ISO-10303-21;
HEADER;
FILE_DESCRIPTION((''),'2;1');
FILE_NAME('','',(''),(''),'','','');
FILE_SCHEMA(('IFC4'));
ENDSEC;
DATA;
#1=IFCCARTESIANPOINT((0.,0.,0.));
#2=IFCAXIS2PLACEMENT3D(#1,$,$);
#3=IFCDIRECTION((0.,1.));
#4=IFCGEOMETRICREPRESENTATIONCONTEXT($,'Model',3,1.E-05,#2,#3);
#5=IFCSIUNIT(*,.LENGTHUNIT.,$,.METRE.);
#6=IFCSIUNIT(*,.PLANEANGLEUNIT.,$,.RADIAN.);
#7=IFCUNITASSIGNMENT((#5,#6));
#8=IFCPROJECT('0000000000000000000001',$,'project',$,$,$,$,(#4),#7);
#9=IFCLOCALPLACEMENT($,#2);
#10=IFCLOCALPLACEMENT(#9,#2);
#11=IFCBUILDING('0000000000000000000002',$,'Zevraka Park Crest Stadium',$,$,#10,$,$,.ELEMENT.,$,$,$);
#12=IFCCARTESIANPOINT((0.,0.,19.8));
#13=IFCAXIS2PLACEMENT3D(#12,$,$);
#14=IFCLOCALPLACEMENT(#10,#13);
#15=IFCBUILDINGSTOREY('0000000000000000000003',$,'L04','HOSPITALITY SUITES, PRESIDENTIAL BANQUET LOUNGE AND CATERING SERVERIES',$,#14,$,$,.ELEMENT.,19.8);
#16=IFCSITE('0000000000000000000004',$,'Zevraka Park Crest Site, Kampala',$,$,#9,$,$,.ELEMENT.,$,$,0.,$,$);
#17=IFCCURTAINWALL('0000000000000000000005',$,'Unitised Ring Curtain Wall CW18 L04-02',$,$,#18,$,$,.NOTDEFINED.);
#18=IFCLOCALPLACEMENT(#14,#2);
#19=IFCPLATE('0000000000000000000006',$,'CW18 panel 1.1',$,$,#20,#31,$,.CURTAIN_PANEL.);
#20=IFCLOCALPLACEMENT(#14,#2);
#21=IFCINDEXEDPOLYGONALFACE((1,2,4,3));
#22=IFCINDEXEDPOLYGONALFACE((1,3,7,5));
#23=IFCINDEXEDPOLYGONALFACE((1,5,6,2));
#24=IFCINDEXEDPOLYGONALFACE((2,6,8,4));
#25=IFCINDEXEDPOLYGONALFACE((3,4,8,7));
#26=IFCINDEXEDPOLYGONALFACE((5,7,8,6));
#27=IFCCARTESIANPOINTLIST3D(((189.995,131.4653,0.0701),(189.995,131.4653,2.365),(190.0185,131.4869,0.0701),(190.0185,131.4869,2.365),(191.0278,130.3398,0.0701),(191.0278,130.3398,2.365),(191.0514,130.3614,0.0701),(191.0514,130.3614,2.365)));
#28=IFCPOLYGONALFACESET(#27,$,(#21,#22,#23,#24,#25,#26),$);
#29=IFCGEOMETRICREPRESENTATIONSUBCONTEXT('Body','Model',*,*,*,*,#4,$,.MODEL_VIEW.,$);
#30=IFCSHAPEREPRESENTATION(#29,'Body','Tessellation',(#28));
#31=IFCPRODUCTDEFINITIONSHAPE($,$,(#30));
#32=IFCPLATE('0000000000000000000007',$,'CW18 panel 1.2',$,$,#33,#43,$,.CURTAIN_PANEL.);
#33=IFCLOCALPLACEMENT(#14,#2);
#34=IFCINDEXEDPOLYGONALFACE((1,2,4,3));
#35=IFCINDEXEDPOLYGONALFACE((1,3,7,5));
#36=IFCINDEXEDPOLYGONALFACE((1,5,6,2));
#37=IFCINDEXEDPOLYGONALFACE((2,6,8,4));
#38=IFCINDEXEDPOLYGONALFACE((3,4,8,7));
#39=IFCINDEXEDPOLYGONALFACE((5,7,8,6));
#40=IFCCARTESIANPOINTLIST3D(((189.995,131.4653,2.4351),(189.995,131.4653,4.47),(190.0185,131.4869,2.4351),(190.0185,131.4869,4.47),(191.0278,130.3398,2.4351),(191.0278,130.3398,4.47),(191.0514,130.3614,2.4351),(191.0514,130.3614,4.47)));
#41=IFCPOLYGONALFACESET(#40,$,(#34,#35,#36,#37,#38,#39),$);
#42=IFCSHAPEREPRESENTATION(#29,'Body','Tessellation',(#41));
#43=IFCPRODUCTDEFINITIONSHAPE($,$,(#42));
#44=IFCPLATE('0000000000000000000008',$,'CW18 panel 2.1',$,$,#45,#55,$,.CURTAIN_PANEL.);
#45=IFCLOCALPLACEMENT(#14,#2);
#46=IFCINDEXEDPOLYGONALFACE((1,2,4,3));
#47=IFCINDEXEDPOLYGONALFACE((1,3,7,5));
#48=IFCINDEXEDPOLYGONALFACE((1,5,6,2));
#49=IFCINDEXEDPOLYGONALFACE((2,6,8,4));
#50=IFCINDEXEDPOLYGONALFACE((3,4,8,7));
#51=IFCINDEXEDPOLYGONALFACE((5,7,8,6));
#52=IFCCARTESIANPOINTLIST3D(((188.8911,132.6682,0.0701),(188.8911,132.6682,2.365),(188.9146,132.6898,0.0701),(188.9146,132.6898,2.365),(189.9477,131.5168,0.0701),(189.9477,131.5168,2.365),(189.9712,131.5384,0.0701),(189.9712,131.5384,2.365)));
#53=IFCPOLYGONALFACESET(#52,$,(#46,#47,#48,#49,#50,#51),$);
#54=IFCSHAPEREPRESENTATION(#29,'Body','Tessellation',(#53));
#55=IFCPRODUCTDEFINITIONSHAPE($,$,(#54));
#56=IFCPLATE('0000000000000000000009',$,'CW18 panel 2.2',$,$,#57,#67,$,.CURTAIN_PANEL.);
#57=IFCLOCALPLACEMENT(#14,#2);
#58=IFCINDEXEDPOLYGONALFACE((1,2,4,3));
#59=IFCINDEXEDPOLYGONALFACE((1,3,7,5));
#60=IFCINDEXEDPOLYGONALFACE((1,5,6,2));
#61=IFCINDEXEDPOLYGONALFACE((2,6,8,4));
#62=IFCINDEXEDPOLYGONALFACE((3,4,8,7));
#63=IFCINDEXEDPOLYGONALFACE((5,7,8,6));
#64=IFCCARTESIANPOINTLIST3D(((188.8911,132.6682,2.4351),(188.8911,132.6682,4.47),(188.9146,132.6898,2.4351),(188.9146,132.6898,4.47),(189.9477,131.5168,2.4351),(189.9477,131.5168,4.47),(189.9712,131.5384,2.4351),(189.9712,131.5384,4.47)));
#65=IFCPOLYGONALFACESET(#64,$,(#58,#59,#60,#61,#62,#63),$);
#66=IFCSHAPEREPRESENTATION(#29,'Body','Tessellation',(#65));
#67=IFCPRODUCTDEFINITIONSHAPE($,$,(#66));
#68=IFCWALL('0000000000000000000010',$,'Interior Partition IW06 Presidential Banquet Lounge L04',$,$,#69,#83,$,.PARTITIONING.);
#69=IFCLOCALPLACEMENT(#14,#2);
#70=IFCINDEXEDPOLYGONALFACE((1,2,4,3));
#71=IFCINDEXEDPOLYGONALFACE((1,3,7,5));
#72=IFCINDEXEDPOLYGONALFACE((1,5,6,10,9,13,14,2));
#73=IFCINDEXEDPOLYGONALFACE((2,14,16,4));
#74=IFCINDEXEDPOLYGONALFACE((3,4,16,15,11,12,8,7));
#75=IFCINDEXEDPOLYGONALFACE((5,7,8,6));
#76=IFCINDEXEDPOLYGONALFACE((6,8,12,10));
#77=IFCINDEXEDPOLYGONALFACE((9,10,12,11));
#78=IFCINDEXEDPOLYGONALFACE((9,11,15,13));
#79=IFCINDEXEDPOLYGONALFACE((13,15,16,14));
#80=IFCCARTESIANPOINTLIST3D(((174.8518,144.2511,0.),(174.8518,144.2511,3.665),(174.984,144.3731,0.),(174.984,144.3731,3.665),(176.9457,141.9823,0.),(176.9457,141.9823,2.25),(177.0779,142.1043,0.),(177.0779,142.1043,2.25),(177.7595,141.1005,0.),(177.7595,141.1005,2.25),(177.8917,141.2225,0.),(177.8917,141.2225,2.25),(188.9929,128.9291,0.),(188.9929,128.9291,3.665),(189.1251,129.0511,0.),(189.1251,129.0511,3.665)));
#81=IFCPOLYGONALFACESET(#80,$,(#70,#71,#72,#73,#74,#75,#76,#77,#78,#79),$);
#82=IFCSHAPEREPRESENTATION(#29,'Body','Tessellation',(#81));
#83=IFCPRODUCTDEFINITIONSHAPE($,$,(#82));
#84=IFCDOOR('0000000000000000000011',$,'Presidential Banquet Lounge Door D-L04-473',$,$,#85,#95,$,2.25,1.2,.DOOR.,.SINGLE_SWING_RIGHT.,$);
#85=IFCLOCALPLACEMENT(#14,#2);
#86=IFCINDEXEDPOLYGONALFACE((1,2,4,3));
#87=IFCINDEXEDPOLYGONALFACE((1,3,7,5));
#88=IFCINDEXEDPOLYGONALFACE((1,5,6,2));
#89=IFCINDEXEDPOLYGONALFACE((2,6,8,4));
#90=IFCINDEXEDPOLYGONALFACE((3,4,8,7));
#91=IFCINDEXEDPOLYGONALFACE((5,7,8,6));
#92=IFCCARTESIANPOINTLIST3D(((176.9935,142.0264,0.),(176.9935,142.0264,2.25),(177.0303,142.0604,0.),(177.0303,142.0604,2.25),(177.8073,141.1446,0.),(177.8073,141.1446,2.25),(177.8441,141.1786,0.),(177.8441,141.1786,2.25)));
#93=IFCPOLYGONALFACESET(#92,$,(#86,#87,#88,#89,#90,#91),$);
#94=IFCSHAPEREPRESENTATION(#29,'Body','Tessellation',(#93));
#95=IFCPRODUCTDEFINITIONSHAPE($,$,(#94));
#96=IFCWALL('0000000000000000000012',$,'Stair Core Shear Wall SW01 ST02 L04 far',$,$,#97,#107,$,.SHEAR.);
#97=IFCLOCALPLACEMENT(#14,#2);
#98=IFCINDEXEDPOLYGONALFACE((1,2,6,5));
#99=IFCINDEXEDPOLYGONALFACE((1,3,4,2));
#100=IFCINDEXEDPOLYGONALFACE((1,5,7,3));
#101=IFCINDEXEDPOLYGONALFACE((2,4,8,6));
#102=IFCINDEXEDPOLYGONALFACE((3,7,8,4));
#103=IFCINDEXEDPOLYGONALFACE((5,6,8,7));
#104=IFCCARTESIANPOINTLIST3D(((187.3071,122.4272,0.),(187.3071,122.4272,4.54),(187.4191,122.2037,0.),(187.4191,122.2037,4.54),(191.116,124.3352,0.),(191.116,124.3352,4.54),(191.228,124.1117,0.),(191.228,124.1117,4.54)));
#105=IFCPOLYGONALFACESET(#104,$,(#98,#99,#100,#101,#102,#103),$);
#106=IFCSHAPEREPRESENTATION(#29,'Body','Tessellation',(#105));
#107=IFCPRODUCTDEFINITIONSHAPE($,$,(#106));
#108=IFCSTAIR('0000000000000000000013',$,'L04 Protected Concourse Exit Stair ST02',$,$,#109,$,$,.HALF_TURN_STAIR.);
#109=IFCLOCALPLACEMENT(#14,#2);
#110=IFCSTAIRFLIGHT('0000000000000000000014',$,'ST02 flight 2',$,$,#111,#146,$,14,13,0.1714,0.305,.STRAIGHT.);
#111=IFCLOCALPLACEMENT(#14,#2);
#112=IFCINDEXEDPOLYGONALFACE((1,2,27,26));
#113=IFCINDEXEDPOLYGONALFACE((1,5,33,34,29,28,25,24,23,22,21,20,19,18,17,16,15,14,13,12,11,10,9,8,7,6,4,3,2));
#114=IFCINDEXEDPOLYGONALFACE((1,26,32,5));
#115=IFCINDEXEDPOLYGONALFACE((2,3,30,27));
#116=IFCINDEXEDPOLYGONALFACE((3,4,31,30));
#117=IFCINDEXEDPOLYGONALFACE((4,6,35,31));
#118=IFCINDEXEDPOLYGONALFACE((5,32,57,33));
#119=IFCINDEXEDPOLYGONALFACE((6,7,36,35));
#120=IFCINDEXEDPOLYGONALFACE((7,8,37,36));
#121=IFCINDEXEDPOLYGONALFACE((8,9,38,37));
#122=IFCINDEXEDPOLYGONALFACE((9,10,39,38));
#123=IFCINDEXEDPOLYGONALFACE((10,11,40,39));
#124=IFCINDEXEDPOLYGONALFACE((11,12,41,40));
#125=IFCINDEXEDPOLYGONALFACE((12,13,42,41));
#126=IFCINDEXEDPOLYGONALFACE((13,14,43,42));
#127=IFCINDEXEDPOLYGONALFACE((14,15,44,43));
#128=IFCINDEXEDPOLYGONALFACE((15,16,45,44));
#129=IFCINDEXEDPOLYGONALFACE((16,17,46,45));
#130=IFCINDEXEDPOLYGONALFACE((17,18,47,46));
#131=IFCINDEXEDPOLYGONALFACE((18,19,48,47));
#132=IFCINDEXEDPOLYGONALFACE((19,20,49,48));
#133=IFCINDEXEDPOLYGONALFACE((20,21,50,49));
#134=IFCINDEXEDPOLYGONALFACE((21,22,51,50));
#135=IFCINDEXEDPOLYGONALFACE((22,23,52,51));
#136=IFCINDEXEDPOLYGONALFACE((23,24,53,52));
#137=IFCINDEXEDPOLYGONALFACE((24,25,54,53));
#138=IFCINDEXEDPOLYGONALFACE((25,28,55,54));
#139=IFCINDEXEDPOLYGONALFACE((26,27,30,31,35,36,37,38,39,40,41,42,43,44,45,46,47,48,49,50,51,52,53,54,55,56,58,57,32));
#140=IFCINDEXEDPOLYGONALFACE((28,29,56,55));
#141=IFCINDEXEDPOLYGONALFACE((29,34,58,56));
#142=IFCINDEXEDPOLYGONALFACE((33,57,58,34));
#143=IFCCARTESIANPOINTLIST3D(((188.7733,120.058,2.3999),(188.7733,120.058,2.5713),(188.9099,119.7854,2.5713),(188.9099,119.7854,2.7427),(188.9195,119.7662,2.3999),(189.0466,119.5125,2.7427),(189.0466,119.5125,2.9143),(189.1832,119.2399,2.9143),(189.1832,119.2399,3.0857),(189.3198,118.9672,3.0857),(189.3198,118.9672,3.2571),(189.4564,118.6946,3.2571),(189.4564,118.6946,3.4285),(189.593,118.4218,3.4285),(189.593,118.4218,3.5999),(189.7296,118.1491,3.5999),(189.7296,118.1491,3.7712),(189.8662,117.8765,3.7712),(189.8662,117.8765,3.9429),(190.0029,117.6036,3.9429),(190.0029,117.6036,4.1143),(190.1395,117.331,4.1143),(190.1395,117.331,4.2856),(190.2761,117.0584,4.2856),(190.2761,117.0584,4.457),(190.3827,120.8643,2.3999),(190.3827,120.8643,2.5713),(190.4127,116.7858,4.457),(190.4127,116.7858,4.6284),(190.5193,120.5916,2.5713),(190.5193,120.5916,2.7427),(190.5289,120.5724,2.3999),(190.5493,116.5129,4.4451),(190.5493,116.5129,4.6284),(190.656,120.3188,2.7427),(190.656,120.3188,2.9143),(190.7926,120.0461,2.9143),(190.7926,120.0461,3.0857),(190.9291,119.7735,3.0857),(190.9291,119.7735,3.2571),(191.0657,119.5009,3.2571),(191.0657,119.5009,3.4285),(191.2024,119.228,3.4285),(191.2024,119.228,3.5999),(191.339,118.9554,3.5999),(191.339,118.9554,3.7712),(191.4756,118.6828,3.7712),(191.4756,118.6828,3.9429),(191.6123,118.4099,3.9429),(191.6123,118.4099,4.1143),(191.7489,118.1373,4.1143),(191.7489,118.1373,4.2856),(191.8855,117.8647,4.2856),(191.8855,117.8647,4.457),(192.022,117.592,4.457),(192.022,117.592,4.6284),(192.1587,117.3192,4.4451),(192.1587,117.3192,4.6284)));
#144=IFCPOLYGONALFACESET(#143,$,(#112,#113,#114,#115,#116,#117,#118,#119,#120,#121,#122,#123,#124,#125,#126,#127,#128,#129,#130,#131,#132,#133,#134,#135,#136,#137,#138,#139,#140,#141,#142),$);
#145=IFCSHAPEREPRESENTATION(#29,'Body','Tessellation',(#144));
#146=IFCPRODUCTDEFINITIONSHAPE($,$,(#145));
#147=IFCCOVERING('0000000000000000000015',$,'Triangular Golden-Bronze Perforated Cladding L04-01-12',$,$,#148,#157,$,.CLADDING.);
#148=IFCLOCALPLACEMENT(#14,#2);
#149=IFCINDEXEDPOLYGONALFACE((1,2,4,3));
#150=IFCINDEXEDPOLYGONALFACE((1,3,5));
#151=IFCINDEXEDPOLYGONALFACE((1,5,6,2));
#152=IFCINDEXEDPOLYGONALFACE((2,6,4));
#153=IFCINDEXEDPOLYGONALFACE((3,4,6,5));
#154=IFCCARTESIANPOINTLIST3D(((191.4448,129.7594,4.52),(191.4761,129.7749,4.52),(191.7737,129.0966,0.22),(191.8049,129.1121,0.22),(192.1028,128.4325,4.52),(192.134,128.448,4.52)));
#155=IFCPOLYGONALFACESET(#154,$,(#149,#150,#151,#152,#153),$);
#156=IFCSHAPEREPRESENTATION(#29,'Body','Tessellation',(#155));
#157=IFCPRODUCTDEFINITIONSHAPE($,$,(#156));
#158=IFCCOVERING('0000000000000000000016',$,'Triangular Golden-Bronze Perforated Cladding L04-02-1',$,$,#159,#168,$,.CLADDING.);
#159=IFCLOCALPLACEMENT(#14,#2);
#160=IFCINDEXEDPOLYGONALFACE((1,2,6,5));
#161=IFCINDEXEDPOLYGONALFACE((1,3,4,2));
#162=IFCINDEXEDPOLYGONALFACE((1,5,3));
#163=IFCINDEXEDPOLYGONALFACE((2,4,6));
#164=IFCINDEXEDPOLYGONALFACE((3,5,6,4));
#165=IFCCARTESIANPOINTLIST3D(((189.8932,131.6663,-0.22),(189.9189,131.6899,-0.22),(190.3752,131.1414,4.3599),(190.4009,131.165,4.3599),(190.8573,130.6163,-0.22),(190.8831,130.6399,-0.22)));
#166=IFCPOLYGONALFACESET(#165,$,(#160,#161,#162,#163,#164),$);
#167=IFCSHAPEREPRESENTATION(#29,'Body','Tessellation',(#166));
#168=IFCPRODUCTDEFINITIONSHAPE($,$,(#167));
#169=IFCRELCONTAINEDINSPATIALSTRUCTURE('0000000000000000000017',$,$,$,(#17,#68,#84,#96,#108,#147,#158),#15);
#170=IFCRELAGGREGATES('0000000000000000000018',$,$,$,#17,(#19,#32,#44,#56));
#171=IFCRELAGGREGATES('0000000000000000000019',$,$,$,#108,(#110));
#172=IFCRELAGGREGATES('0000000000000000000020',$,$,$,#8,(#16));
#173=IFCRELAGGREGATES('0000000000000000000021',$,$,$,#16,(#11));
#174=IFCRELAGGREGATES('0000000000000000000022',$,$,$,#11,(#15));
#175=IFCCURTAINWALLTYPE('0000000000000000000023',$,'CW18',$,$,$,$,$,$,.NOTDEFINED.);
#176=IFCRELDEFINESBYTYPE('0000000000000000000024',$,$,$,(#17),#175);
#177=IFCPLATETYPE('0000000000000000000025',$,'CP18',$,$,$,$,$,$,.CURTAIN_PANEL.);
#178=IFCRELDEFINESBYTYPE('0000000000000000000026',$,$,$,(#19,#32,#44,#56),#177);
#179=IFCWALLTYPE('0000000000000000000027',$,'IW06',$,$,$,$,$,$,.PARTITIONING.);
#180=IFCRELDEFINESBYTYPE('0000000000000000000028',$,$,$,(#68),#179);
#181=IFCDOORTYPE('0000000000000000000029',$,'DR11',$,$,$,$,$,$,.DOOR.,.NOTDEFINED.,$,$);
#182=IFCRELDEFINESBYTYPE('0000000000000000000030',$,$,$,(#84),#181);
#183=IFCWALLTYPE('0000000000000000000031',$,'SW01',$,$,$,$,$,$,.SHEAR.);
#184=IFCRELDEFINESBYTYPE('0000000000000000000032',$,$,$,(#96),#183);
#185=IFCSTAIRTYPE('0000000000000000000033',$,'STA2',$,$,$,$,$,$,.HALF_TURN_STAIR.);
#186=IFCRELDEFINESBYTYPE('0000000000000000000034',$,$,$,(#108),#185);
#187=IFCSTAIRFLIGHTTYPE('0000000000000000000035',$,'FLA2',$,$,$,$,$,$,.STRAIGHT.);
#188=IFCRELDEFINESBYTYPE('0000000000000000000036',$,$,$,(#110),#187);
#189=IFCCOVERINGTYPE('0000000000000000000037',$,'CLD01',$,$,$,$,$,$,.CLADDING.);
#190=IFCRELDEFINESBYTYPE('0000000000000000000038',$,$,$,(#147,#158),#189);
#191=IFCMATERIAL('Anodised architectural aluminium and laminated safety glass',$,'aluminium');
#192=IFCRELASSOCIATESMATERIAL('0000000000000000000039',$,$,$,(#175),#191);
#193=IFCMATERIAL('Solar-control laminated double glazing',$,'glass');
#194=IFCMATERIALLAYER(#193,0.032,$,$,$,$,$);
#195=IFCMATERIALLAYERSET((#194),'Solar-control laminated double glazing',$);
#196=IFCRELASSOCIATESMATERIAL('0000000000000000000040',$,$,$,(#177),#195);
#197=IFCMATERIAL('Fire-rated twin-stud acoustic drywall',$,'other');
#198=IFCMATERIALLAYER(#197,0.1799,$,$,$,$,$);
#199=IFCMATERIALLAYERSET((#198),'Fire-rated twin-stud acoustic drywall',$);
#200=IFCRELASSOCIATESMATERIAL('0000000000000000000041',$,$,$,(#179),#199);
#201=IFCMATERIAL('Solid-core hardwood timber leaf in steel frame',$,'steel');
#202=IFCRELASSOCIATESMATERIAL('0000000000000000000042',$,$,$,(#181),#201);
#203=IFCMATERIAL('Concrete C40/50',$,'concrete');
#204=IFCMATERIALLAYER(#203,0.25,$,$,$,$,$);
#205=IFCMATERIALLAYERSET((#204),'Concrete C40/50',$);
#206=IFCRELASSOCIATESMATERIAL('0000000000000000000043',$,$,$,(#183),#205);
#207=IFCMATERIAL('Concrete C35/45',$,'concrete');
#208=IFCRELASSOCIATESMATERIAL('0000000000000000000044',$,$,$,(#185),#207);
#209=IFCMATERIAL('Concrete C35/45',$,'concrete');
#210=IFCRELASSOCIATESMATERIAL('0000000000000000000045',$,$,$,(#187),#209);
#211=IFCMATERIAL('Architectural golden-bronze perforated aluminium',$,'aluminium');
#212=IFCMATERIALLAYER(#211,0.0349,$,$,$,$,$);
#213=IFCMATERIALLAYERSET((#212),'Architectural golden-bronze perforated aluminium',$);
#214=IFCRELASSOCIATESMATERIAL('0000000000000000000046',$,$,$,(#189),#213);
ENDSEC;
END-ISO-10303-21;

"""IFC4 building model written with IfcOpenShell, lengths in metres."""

from ifc_helpers import new_model, si_unit, direction, frame, frame_2d, origin, origin_2d, place, context, subcontext, project, spatial, polyline, rectangle, outline, extrude, material, layer, layer_set, type_object, element, fill, aggregate, save


model = new_model("IFC4")

# Units and contexts
model_context = context("Model", 3, precision=1e-05, world=origin(), true_north=direction((0.0, 1.0)))
body_context = subcontext(model_context, "Body", "Model", "MODEL_VIEW")
ifc_project = project(units=[si_unit("LENGTHUNIT", "METRE"), si_unit("PLANEANGLEUNIT", "RADIAN")], contexts=[model_context])

# Site, building, storey
site_placement = place(None, origin())
site = spatial("IfcSite", under=ifc_project, at=site_placement, Name="Zevraka Park Crest Site, Kampala", CompositionType="ELEMENT", RefElevation=0.0)
building_placement = place(site_placement, origin())
building = spatial("IfcBuilding", under=site, at=building_placement, Name="Zevraka Park Crest Stadium", CompositionType="ELEMENT")
storey_placement = place(building_placement, frame((0.0, 0.0, 19.8)))
storey = spatial("IfcBuildingStorey", under=building, at=storey_placement, Name="L04", Description="HOSPITALITY SUITES, PRESIDENTIAL BANQUET LOUNGE AND CATERING SERVERIES", CompositionType="ELEMENT", Elevation=19.8)

# Curtain wall
ifc_material_1 = material(Name="Anodised architectural aluminium and laminated safety glass", Category="aluminium")
curtain_wall_type_1 = type_object("IfcCurtainWallType", Name="CW18", PredefinedType="NOTDEFINED", material=ifc_material_1)
curtain_wall_1_placement = place(storey_placement, origin())
curtain_wall_1 = element("IfcCurtainWall", 1, at=curtain_wall_1_placement, inside=storey, type_object=curtain_wall_type_1, Name="Unitised Ring Curtain Wall CW18 L04-02", PredefinedType="NOTDEFINED")

# Plates
ifc_material_2 = material(Name="Solar-control laminated double glazing", Category="glass")
ifc_layer_1 = layer(ifc_material_2, 0.032)
ifc_layer_set_1 = layer_set([ifc_layer_1], Name="Solar-control laminated double glazing")
plate_type_1 = type_object("IfcPlateType", Name="CP18", PredefinedType="CURTAIN_PANEL", material=ifc_layer_set_1)
plate_1_placement = place(storey_placement, frame((190.5232, 130.9133, 0.0701), z_axis=(0.0, 0.0, 1.0), x_axis=(-0.676138, 0.736775, 0.0)))
plate_1 = element("IfcPlate", 2, at=plate_1_placement, type_object=plate_type_1, Name="CW18 panel 1.1", PredefinedType="CURTAIN_PANEL", context=body_context, shape_type="SweptSolid", body=[
    extrude(rectangle(XDim=1.5276, YDim=0.032, at=origin_2d()), origin(), (0.0, 0.0, 1.0), 2.2949),
])
plate_2_placement = place(storey_placement, frame((190.5232, 130.9133, 2.4351), z_axis=(0.0, 0.0, 1.0), x_axis=(-0.676138, 0.736775, 0.0)))
plate_2 = element("IfcPlate", 3, at=plate_2_placement, type_object=plate_type_1, Name="CW18 panel 1.2", PredefinedType="CURTAIN_PANEL", context=body_context, shape_type="SweptSolid", body=[
    extrude(rectangle(XDim=1.5276, YDim=0.032, at=origin_2d()), origin(), (0.0, 0.0, 1.0), 2.0349),
])
plate_3_placement = place(storey_placement, frame((189.4312, 132.1033, 0.0701), z_axis=(0.0, 0.0, 1.0), x_axis=(-0.676138, 0.736775, 0.0)))
plate_3 = element("IfcPlate", 4, at=plate_3_placement, type_object=plate_type_1, Name="CW18 panel 2.1", PredefinedType="CURTAIN_PANEL", context=body_context, shape_type="SweptSolid", body=[
    extrude(rectangle(XDim=1.5627, YDim=0.032, at=origin_2d()), origin(), (0.0, 0.0, 1.0), 2.2949),
])
plate_4_placement = place(storey_placement, frame((189.4312, 132.1033, 2.4351), z_axis=(0.0, 0.0, 1.0), x_axis=(-0.676138, 0.736775, 0.0)))
plate_4 = element("IfcPlate", 5, at=plate_4_placement, type_object=plate_type_1, Name="CW18 panel 2.2", PredefinedType="CURTAIN_PANEL", context=body_context, shape_type="SweptSolid", body=[
    extrude(rectangle(XDim=1.5627, YDim=0.032, at=origin_2d()), origin(), (0.0, 0.0, 1.0), 2.0349),
])
aggregate(curtain_wall_1, [plate_1, plate_2, plate_3, plate_4])

# Wall, opening, door
ifc_material_3 = material(Name="Fire-rated twin-stud acoustic drywall", Category="other")
ifc_layer_2 = layer(ifc_material_3, 0.1799)
ifc_layer_set_2 = layer_set([ifc_layer_2], Name="Fire-rated twin-stud acoustic drywall")
wall_type_1 = type_object("IfcWallType", Name="IW06", PredefinedType="PARTITIONING", material=ifc_layer_set_2)
wall_1_placement = place(storey_placement, frame((189.0591, 128.99, 0.0), z_axis=(0.0, 0.0, 1.0), x_axis=(-0.678221, 0.734858, 0.0)))
wall_1 = element("IfcWall", 6, at=wall_1_placement, inside=storey, type_object=wall_type_1, Name="Interior Partition IW06 Presidential Banquet Lounge L04", PredefinedType="PARTITIONING", context=body_context, shape_type="SweptSolid", body=[
    extrude(rectangle(XDim=20.8503, YDim=0.1799, at=frame_2d((10.4253, 0.0))), origin(), (0.0, 0.0, 1.0), 3.665),
])
opening_placement = place(wall_1_placement, frame((16.563, 0.0, 0.0)))
opening = element("IfcOpeningElement", 7, at=opening_placement, cuts=wall_1, PredefinedType="OPENING", context=body_context, shape_type="SweptSolid", body=[
    extrude(rectangle(XDim=1.2, YDim=2.25, at=frame_2d((0.6001, 1.125))), frame((0.0, 0.0999, 0.0), z_axis=(0.0, -1.0, 0.0), x_axis=(1.0, 0.0, 0.0)), (0.0, 0.0, 1.0), 0.2),
])
ifc_material_4 = material(Name="Solid-core hardwood timber leaf in steel frame", Category="steel")
door_type = type_object("IfcDoorType", Name="DR11", OperationType="NOTDEFINED", PredefinedType="DOOR", material=ifc_material_4)
door_placement = place(opening_placement, origin())
door = element("IfcDoor", 8, at=door_placement, inside=storey, type_object=door_type, Name="Presidential Banquet Lounge Door D-L04-473", OperationType="SINGLE_SWING_RIGHT", OverallHeight=2.25, OverallWidth=1.2, PredefinedType="DOOR", context=body_context, shape_type="SweptSolid", body=[
    extrude(rectangle(XDim=1.2, YDim=2.25, at=frame_2d((0.6001, 1.125))), frame((0.0, 0.0249, 0.0), z_axis=(0.0, -1.0, 0.0), x_axis=(1.0, 0.0, 0.0)), (0.0, 0.0, 1.0), 0.05),
])
fill(opening, door)

# Wall
ifc_material_5 = material(Name="Concrete C40/50", Category="concrete")
ifc_layer_3 = layer(ifc_material_5, 0.25)
ifc_layer_set_3 = layer_set([ifc_layer_3], Name="Concrete C40/50")
wall_type_2 = type_object("IfcWallType", Name="SW01", PredefinedType="SHEAR", material=ifc_layer_set_3)
wall_2_placement = place(storey_placement, frame((191.1719, 124.2234, 0.0), z_axis=(0.0, 0.0, 1.0), x_axis=(-0.894095, -0.447878, 0.0)))
element("IfcWall", 9, at=wall_2_placement, inside=storey, type_object=wall_type_2, Name="Stair Core Shear Wall SW01 ST02 L04 far", PredefinedType="SHEAR", context=body_context, shape_type="SweptSolid", body=[
    extrude(rectangle(XDim=4.26, YDim=0.25, at=frame_2d((2.1299, 0.0))), origin(), (0.0, 0.0, 1.0), 4.54),
])

# Stair, stair flight
ifc_material_6 = material(Name="Concrete C35/45", Category="concrete")
stair_type = type_object("IfcStairType", Name="STA2", PredefinedType="HALF_TURN_STAIR", material=ifc_material_6)
stair_placement = place(storey_placement, origin())
stair = element("IfcStair", 10, at=stair_placement, inside=storey, type_object=stair_type, Name="L04 Protected Concourse Exit Stair ST02", PredefinedType="HALF_TURN_STAIR")
ifc_material_7 = material(Name="Concrete C35/45", Category="concrete")
stair_flight_type = type_object("IfcStairFlightType", Name="FLA2", PredefinedType="STRAIGHT", material=ifc_material_7)
stair_flight_placement = place(storey_placement, frame((189.5781, 120.4612, 2.3999), z_axis=(0.0, 0.0, 1.0), x_axis=(0.447915, -0.894076, 0.0)))
stair_flight = element("IfcStairFlight", 11, at=stair_flight_placement, type_object=stair_flight_type, Name="ST02 flight 2", NumberOfRisers=14, NumberOfTreads=13, PredefinedType="STRAIGHT", RiserHeight=0.1714, TreadLength=0.305, context=body_context, shape_type="SweptSolid", body=[
    extrude(outline(polyline([(0.0, 0.0), (0.0, 0.1714), (0.3049, 0.1714), (0.3049, 0.3428), (0.6101, 0.3428), (0.6101, 0.5144), (0.915, 0.5144), (0.915, 0.6858), (1.22, 0.6858), (1.22, 0.8572), (1.5249, 0.8572), (1.5249, 1.0286), (1.8301, 1.0286), (1.8301, 1.2), (2.135, 1.2), (2.135, 1.3713), (2.4399, 1.3713), (2.4399, 1.543), (2.7451, 1.543), (2.7451, 1.7144), (3.05, 1.7144), (3.05, 1.8857), (3.355, 1.8857), (3.355, 2.0571), (3.6599, 2.0571), (3.6599, 2.2285), (3.9651, 2.2285), (3.9651, 2.3999), (3.9651, 2.0452), (0.3264, 0.0), (0.0, 0.0)])), frame((0.0, 0.8999, 0.0), z_axis=(0.0, -1.0, 0.0), x_axis=(1.0, 0.0, 0.0)), (0.0, 0.0, 1.0), 1.8),
])
aggregate(stair, [stair_flight])

# Coverings
ifc_material_8 = material(Name="Architectural golden-bronze perforated aluminium", Category="aluminium")
ifc_layer_4 = layer(ifc_material_8, 0.0349)
ifc_layer_set_4 = layer_set([ifc_layer_4], Name="Architectural golden-bronze perforated aluminium")
covering_type = type_object("IfcCoveringType", Name="CLD01", PredefinedType="CLADDING", material=ifc_layer_set_4)
covering_1_placement = place(storey_placement, frame((191.4761, 129.7749, 4.52), z_axis=(0.895906, 0.444244, 0.000038), x_axis=(0.444244, -0.895906, 0.0)))
element("IfcCovering", 12, at=covering_1_placement, inside=storey, type_object=covering_type, Name="Triangular Golden-Bronze Perforated Cladding L04-01-12", PredefinedType="CLADDING", context=body_context, shape_type="SweptSolid", body=[
    extrude(outline(polyline([(0.0, 0.0), (1.4811, 0.0), (0.7399, 4.3), (0.0, 0.0)])), origin(), (0.0, 0.0, -1.0), 0.0349),
])
covering_2_placement = place(storey_placement, frame((190.8831, 130.6399, -0.22), z_axis=(0.736606, 0.676322, 0.000002), x_axis=(-0.676322, 0.736606, 0.0)))
element("IfcCovering", 13, at=covering_2_placement, inside=storey, type_object=covering_type, Name="Triangular Golden-Bronze Perforated Cladding L04-02-1", PredefinedType="CLADDING", context=body_context, shape_type="SweptSolid", body=[
    extrude(outline(polyline([(0.0, 0.0), (1.4255, 0.0), (0.7129, 4.5798), (0.0, 0.0)])), origin(), (0.0, 0.0, -1.0), 0.0349),
])

save(model, "model.ifc")
